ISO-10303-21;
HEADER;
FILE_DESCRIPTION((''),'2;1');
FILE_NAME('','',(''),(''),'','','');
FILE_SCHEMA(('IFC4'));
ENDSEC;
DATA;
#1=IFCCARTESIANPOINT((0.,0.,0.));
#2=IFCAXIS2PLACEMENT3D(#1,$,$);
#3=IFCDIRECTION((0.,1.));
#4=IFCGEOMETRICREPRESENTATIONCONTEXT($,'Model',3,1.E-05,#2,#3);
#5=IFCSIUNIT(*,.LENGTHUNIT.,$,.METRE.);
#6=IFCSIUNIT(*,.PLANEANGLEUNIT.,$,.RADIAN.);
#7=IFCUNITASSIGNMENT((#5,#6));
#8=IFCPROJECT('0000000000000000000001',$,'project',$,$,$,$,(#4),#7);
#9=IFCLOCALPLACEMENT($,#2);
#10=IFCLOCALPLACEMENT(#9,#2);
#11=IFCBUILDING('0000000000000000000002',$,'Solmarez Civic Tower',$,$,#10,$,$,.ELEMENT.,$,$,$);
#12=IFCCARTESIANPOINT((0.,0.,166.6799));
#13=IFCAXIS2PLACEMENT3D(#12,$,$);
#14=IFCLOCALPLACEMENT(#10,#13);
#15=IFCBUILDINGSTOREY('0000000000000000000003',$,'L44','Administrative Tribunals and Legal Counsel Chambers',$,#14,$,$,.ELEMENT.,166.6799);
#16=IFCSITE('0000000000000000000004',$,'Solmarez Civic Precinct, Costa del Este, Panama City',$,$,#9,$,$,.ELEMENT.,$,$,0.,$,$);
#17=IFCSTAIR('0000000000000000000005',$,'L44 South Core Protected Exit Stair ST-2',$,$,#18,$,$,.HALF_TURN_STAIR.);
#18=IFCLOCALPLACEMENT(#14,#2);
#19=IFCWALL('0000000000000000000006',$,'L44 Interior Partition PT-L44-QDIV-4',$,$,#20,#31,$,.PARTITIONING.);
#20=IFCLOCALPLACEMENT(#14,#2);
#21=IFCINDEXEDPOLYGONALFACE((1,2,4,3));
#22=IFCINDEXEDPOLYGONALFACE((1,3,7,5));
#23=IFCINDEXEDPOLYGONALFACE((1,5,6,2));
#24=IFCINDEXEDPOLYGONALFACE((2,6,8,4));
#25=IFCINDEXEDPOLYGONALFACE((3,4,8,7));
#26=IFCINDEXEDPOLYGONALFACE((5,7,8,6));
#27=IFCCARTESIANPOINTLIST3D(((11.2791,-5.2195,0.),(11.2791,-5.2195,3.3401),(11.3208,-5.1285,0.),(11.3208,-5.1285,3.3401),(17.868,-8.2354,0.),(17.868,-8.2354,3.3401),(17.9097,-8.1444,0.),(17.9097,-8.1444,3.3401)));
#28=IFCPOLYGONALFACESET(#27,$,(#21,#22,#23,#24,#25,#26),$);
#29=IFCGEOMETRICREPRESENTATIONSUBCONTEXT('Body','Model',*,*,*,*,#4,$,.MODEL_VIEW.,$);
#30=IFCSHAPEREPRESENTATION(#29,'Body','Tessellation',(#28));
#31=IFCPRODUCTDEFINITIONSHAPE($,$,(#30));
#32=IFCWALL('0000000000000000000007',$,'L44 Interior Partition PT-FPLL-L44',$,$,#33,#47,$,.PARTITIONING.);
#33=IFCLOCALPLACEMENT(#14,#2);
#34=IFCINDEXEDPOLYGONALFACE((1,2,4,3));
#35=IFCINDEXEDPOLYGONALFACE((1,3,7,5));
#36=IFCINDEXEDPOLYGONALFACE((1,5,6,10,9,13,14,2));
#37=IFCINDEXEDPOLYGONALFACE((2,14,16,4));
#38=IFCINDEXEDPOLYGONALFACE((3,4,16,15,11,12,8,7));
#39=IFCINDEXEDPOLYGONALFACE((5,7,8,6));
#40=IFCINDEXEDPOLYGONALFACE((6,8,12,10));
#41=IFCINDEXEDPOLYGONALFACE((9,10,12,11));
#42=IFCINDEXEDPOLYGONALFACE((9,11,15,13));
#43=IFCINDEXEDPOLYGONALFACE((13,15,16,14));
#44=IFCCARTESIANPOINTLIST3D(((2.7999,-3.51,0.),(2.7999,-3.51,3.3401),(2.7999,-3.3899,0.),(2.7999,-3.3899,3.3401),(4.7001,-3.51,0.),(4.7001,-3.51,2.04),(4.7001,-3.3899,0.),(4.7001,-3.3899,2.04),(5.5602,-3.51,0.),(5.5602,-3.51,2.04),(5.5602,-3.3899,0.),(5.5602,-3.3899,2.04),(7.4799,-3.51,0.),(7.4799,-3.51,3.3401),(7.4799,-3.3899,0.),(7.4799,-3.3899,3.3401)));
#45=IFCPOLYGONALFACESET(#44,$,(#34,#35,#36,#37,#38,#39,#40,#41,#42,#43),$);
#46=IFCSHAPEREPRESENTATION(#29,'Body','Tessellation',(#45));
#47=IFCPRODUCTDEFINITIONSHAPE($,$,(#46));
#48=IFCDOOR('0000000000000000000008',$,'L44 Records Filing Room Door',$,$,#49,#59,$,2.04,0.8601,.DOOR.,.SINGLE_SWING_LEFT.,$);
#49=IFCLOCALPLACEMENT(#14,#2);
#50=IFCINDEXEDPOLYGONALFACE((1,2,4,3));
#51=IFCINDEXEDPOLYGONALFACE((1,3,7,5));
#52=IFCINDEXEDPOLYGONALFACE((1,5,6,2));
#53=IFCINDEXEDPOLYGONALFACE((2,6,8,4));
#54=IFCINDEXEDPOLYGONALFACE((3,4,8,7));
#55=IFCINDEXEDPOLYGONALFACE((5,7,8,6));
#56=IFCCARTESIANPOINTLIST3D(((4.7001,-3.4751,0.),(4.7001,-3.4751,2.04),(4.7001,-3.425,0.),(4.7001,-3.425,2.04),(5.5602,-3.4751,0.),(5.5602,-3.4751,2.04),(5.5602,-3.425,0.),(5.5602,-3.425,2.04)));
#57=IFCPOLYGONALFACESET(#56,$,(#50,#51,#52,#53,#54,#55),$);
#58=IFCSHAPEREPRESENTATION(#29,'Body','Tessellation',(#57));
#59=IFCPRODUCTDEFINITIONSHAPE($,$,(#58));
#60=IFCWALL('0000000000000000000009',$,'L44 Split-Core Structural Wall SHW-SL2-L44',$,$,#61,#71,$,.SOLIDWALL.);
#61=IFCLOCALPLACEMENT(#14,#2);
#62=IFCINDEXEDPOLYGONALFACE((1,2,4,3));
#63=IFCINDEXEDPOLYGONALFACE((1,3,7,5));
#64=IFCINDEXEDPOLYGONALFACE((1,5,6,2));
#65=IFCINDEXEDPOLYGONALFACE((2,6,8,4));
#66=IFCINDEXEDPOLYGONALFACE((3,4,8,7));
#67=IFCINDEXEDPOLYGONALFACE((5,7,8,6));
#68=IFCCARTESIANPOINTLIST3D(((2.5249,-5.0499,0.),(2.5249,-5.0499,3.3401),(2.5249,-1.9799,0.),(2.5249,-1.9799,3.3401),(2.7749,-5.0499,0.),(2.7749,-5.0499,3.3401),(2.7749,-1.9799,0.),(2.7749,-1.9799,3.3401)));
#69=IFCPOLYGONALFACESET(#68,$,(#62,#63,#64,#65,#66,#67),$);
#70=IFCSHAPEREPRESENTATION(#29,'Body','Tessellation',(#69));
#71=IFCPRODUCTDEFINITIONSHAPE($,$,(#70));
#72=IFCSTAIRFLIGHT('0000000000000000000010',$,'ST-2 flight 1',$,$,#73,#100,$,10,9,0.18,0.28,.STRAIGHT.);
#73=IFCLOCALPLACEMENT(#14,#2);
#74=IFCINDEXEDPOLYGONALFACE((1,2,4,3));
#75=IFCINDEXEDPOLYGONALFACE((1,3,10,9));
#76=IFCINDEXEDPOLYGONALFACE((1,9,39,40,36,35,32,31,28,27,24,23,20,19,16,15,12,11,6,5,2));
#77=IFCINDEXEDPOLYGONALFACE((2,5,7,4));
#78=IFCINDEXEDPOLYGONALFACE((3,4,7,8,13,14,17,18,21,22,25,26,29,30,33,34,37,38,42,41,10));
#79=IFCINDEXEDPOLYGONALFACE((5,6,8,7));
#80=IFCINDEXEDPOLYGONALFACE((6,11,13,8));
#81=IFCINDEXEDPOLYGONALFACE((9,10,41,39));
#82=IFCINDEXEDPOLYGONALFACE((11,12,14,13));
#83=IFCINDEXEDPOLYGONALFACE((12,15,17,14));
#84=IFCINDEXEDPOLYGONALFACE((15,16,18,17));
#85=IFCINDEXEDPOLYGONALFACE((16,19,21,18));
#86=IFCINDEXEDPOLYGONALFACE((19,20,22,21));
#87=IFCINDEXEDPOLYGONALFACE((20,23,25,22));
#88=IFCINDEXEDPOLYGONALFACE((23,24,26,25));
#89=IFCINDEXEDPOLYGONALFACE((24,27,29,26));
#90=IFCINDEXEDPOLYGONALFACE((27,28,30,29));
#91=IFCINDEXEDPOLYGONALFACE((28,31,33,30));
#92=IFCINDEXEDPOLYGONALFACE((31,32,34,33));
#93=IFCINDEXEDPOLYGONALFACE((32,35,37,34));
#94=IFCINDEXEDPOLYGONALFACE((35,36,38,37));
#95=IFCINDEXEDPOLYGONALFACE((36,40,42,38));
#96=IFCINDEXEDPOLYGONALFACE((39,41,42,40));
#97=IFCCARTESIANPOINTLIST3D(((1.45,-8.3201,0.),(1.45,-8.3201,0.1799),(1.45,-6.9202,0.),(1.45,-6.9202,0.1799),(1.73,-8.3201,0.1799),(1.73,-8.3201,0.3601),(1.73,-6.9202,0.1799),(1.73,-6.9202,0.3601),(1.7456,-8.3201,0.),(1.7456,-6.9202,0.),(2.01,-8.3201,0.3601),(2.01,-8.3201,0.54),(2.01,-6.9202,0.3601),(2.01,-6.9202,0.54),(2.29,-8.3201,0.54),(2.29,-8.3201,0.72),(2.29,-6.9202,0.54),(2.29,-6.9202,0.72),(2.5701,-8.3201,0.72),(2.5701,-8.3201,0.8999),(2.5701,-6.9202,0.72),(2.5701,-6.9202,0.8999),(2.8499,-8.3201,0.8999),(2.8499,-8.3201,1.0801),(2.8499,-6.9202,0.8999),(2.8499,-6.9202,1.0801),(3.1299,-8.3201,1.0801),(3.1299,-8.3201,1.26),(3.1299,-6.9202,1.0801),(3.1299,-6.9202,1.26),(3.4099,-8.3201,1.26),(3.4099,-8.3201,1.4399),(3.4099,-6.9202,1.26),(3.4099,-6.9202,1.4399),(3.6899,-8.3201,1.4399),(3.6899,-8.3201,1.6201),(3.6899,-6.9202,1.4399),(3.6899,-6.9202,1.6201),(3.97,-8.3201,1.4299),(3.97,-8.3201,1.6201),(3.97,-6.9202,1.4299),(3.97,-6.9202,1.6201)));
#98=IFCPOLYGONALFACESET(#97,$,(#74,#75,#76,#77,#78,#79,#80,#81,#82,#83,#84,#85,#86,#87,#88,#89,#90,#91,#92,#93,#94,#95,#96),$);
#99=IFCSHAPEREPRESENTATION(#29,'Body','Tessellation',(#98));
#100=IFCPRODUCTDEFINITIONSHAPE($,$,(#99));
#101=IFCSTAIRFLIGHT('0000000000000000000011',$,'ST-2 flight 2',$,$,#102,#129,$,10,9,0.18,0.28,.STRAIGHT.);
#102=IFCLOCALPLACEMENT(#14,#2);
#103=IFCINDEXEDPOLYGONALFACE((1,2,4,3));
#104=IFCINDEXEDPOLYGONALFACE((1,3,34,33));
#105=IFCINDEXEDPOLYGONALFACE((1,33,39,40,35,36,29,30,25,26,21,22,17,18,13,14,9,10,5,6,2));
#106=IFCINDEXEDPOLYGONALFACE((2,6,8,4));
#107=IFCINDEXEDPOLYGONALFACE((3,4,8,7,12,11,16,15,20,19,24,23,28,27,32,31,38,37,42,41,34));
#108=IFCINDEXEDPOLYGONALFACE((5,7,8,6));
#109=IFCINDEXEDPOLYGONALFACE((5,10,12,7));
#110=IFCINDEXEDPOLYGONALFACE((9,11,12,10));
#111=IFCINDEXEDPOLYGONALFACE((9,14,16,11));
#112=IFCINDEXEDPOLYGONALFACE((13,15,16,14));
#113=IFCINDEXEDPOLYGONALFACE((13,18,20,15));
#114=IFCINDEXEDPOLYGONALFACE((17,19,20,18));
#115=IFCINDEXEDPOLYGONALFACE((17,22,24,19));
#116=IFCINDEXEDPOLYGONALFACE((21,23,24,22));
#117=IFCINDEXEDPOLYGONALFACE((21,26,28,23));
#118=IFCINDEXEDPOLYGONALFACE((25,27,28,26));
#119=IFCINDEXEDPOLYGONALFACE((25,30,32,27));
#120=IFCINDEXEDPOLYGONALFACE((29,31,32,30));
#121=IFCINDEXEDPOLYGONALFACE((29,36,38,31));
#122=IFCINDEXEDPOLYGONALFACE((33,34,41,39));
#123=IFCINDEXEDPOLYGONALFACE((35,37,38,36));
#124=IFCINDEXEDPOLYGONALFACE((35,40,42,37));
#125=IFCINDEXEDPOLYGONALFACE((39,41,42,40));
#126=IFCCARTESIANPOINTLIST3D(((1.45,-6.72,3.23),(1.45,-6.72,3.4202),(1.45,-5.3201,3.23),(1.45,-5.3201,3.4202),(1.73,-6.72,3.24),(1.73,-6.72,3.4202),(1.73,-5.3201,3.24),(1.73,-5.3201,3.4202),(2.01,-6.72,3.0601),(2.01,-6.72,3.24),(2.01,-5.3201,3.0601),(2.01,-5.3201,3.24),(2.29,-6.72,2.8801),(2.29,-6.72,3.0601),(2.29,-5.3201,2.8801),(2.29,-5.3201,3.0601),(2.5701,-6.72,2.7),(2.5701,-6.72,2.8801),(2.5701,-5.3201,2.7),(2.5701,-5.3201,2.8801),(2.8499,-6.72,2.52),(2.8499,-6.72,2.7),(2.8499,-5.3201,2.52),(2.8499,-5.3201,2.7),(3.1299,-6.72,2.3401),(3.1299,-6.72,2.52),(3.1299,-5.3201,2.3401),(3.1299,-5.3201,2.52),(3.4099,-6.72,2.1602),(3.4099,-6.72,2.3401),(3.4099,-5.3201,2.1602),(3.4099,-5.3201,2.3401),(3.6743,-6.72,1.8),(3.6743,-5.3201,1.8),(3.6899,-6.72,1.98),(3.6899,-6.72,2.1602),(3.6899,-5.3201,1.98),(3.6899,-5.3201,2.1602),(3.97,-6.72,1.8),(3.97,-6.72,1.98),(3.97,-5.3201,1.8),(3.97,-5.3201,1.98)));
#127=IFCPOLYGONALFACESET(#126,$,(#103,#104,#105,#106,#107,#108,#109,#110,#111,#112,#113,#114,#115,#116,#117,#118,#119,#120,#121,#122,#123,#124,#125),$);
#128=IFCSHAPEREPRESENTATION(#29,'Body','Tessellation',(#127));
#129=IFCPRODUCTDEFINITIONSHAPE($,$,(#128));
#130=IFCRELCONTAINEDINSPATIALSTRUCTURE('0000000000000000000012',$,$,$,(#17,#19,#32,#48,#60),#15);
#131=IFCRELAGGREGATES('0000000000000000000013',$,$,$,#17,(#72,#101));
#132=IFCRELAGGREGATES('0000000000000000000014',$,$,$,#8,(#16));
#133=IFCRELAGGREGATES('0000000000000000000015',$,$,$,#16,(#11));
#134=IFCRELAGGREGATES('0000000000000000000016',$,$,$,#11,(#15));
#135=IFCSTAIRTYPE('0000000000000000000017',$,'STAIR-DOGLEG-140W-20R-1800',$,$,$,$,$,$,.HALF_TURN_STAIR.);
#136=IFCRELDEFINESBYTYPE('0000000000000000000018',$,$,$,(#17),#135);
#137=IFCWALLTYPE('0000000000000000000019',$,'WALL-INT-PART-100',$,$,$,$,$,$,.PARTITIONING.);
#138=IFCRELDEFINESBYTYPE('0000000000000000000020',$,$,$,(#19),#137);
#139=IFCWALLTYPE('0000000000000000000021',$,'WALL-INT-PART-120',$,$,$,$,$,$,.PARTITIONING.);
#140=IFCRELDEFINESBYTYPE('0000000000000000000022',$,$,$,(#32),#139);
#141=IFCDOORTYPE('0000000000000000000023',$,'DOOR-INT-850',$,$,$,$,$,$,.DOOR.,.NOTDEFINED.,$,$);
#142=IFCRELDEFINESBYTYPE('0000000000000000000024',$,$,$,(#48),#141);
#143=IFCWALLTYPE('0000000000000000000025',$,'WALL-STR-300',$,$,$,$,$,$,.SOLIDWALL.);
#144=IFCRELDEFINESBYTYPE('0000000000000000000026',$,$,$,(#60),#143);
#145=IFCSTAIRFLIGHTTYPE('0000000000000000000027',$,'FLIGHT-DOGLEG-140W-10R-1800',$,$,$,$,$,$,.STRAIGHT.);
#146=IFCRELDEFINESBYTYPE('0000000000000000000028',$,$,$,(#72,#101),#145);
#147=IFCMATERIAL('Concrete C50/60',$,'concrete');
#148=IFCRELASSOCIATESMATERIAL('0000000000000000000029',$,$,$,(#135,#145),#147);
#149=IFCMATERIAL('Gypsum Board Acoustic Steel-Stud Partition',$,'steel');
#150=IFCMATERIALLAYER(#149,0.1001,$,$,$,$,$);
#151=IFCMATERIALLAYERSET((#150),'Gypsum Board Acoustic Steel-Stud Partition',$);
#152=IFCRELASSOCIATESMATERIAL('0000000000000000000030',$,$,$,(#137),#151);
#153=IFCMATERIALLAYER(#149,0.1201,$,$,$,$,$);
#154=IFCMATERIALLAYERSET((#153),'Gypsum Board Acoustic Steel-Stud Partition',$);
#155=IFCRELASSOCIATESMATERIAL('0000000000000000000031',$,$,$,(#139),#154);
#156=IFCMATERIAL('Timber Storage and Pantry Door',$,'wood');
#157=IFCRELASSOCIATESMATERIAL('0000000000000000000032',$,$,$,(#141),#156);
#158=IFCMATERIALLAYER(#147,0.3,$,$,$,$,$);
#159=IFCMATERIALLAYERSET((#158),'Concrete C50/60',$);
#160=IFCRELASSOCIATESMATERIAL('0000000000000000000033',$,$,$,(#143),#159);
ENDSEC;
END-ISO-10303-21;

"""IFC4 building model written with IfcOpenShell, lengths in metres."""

from ifc_helpers import new_model, si_unit, direction, frame, frame_2d, origin, place, context, subcontext, project, spatial, polyline, rectangle, outline, extrude, material, layer, layer_set, type_object, element, fill, aggregate, save


model = new_model("IFC4")

# Units and contexts
model_context = context("Model", 3, precision=1e-05, world=origin(), true_north=direction((0.0, 1.0)))
body_context = subcontext(model_context, "Body", "Model", "MODEL_VIEW")
ifc_project = project(units=[si_unit("LENGTHUNIT", "METRE"), si_unit("PLANEANGLEUNIT", "RADIAN")], contexts=[model_context])

# Site, building, storey
site_placement = place(None, origin())
site = spatial("IfcSite", under=ifc_project, at=site_placement, Name="Solmarez Civic Precinct, Costa del Este, Panama City", CompositionType="ELEMENT", RefElevation=0.0)
building_placement = place(site_placement, origin())
building = spatial("IfcBuilding", under=site, at=building_placement, Name="Solmarez Civic Tower", CompositionType="ELEMENT")
storey_placement = place(building_placement, frame((0.0, 0.0, 166.6799)))
storey = spatial("IfcBuildingStorey", under=building, at=storey_placement, Name="L44", Description="Administrative Tribunals and Legal Counsel Chambers", CompositionType="ELEMENT", Elevation=166.6799)

# Shared definitions
ifc_material_1 = material(Name="Concrete C50/60", Category="concrete")

# Stair
stair_type = type_object("IfcStairType", Name="STAIR-DOGLEG-140W-20R-1800", PredefinedType="HALF_TURN_STAIR", material=ifc_material_1)
stair_1_placement = place(storey_placement, origin())
stair_1 = element("IfcStair", 1, at=stair_1_placement, inside=storey, type_object=stair_type, Name="L44 South Core Protected Exit Stair ST-2", PredefinedType="HALF_TURN_STAIR")

# Wall
ifc_material_2 = material(Name="Gypsum Board Acoustic Steel-Stud Partition", Category="steel")
ifc_layer_1 = layer(ifc_material_2, 0.1001)
ifc_layer_set_1 = layer_set([ifc_layer_1], Name="Gypsum Board Acoustic Steel-Stud Partition")
wall_type_1 = type_object("IfcWallType", Name="WALL-INT-PART-100", PredefinedType="PARTITIONING", material=ifc_layer_set_1)
wall_1_placement = place(storey_placement, frame((11.3, -5.1741, 0.0), z_axis=(0.0, 0.0, 1.0), x_axis=(0.909275, -0.416195, 0.0)))
element("IfcWall", 2, at=wall_1_placement, inside=storey, type_object=wall_type_1, Name="L44 Interior Partition PT-L44-QDIV-4", PredefinedType="PARTITIONING", context=body_context, shape_type="SweptSolid", body=[
    extrude(rectangle(XDim=7.2463, YDim=0.1001, at=frame_2d((3.623, 0.0))), origin(), (0.0, 0.0, 1.0), 3.3401),
])

# Wall, opening, door
ifc_layer_2 = layer(ifc_material_2, 0.1201)
ifc_layer_set_2 = layer_set([ifc_layer_2], Name="Gypsum Board Acoustic Steel-Stud Partition")
wall_type_2 = type_object("IfcWallType", Name="WALL-INT-PART-120", PredefinedType="PARTITIONING", material=ifc_layer_set_2)
wall_2_placement = place(storey_placement, frame((2.8, -3.45, 0.0), z_axis=(0.0, 0.0, 1.0), x_axis=(1.0, 0.0, 0.0)))
wall_2 = element("IfcWall", 3, at=wall_2_placement, inside=storey, type_object=wall_type_2, Name="L44 Interior Partition PT-FPLL-L44", PredefinedType="PARTITIONING", context=body_context, shape_type="SweptSolid", body=[
    extrude(rectangle(XDim=4.6799, YDim=0.1201, at=frame_2d((2.3398, 0.0))), origin(), (0.0, 0.0, 1.0), 3.3401),
])
opening_placement = place(wall_2_placement, frame((1.8999, 0.0, 0.0)))
opening = element("IfcOpeningElement", 4, at=opening_placement, cuts=wall_2, PredefinedType="OPENING", context=body_context, shape_type="SweptSolid", body=[
    extrude(rectangle(XDim=0.8601, YDim=2.04, at=frame_2d((0.4302, 1.02))), frame((0.0, 0.0701, 0.0), z_axis=(0.0, -1.0, 0.0), x_axis=(1.0, 0.0, 0.0)), (0.0, 0.0, 1.0), 0.1401),
])
ifc_material_3 = material(Name="Timber Storage and Pantry Door", Category="wood")
door_type = type_object("IfcDoorType", Name="DOOR-INT-850", OperationType="NOTDEFINED", PredefinedType="DOOR", material=ifc_material_3)
door_placement = place(opening_placement, origin())
door = element("IfcDoor", 5, at=door_placement, inside=storey, type_object=door_type, Name="L44 Records Filing Room Door", OperationType="SINGLE_SWING_LEFT", OverallHeight=2.04, OverallWidth=0.8601, PredefinedType="DOOR", context=body_context, shape_type="SweptSolid", body=[
    extrude(rectangle(XDim=0.8601, YDim=2.04, at=frame_2d((0.4302, 1.02))), frame((0.0, 0.0249, 0.0), z_axis=(0.0, -1.0, 0.0), x_axis=(1.0, 0.0, 0.0)), (0.0, 0.0, 1.0), 0.05),
])
fill(opening, door)

# Wall
ifc_layer_3 = layer(ifc_material_1, 0.3)
ifc_layer_set_3 = layer_set([ifc_layer_3], Name="Concrete C50/60")
wall_type_3 = type_object("IfcWallType", Name="WALL-STR-300", PredefinedType="SOLIDWALL", material=ifc_layer_set_3)
wall_3_placement = place(storey_placement, frame((2.6499, -5.05, 0.0), z_axis=(0.0, 0.0, 1.0), x_axis=(0.0, 1.0, 0.0)))
element("IfcWall", 6, at=wall_3_placement, inside=storey, type_object=wall_type_3, Name="L44 Split-Core Structural Wall SHW-SL2-L44", PredefinedType="SOLIDWALL", context=body_context, shape_type="SweptSolid", body=[
    extrude(rectangle(XDim=3.0701, YDim=0.25, at=frame_2d((1.5352, 0.0))), origin(), (0.0, 0.0, 1.0), 3.3401),
])

# Stair flights
stair_flight_type = type_object("IfcStairFlightType", Name="FLIGHT-DOGLEG-140W-10R-1800", PredefinedType="STRAIGHT", material=ifc_material_1)
stair_flight_1_placement = place(storey_placement, frame((1.45, -7.6201, 0.0), z_axis=(0.0, 0.0, 1.0), x_axis=(1.0, 0.0, 0.0)))
stair_flight_1 = element("IfcStairFlight", 7, at=stair_flight_1_placement, type_object=stair_flight_type, Name="ST-2 flight 1", NumberOfRisers=10, NumberOfTreads=9, PredefinedType="STRAIGHT", RiserHeight=0.18, TreadLength=0.28, context=body_context, shape_type="SweptSolid", body=[
    extrude(outline(polyline([(0.0, 0.0), (0.0, 0.1799), (0.28, 0.1799), (0.28, 0.3601), (0.5601, 0.3601), (0.5601, 0.54), (0.8401, 0.54), (0.8401, 0.72), (1.1201, 0.72), (1.1201, 0.8999), (1.3999, 0.8999), (1.3999, 1.0801), (1.6799, 1.0801), (1.6799, 1.26), (1.96, 1.26), (1.96, 1.4399), (2.24, 1.4399), (2.24, 1.6201), (2.52, 1.6201), (2.52, 1.8), (2.52, 1.4299), (0.2957, 0.0), (0.0, 0.0)])), frame((0.0, 0.7, 0.0), z_axis=(0.0, -1.0, 0.0), x_axis=(1.0, 0.0, 0.0)), (0.0, 0.0, 1.0), 1.3999),
])
stair_flight_2_placement = place(storey_placement, frame((3.97, -6.02, 1.8), z_axis=(0.0, 0.0, 1.0), x_axis=(-1.0, 0.0, 0.0)))
stair_flight_2 = element("IfcStairFlight", 8, at=stair_flight_2_placement, type_object=stair_flight_type, Name="ST-2 flight 2", NumberOfRisers=10, NumberOfTreads=9, PredefinedType="STRAIGHT", RiserHeight=0.18, TreadLength=0.28, context=body_context, shape_type="SweptSolid", body=[
    extrude(outline(polyline([(0.0, 0.0), (0.0, 0.1799), (0.28, 0.1799), (0.28, 0.3601), (0.5601, 0.3601), (0.5601, 0.54), (0.8401, 0.54), (0.8401, 0.72), (1.1201, 0.72), (1.1201, 0.8999), (1.3999, 0.8999), (1.3999, 1.0801), (1.6799, 1.0801), (1.6799, 1.26), (1.96, 1.26), (1.96, 1.4399), (2.24, 1.4399), (2.24, 1.6201), (2.52, 1.6201), (2.52, 1.8), (2.52, 1.4299), (0.2957, 0.0), (0.0, 0.0)])), frame((0.0, 0.7, 0.0), z_axis=(0.0, -1.0, 0.0), x_axis=(1.0, 0.0, 0.0)), (0.0, 0.0, 1.0), 1.3999),
])
aggregate(stair_1, [stair_flight_1, stair_flight_2])

save(model, "model.ifc")
